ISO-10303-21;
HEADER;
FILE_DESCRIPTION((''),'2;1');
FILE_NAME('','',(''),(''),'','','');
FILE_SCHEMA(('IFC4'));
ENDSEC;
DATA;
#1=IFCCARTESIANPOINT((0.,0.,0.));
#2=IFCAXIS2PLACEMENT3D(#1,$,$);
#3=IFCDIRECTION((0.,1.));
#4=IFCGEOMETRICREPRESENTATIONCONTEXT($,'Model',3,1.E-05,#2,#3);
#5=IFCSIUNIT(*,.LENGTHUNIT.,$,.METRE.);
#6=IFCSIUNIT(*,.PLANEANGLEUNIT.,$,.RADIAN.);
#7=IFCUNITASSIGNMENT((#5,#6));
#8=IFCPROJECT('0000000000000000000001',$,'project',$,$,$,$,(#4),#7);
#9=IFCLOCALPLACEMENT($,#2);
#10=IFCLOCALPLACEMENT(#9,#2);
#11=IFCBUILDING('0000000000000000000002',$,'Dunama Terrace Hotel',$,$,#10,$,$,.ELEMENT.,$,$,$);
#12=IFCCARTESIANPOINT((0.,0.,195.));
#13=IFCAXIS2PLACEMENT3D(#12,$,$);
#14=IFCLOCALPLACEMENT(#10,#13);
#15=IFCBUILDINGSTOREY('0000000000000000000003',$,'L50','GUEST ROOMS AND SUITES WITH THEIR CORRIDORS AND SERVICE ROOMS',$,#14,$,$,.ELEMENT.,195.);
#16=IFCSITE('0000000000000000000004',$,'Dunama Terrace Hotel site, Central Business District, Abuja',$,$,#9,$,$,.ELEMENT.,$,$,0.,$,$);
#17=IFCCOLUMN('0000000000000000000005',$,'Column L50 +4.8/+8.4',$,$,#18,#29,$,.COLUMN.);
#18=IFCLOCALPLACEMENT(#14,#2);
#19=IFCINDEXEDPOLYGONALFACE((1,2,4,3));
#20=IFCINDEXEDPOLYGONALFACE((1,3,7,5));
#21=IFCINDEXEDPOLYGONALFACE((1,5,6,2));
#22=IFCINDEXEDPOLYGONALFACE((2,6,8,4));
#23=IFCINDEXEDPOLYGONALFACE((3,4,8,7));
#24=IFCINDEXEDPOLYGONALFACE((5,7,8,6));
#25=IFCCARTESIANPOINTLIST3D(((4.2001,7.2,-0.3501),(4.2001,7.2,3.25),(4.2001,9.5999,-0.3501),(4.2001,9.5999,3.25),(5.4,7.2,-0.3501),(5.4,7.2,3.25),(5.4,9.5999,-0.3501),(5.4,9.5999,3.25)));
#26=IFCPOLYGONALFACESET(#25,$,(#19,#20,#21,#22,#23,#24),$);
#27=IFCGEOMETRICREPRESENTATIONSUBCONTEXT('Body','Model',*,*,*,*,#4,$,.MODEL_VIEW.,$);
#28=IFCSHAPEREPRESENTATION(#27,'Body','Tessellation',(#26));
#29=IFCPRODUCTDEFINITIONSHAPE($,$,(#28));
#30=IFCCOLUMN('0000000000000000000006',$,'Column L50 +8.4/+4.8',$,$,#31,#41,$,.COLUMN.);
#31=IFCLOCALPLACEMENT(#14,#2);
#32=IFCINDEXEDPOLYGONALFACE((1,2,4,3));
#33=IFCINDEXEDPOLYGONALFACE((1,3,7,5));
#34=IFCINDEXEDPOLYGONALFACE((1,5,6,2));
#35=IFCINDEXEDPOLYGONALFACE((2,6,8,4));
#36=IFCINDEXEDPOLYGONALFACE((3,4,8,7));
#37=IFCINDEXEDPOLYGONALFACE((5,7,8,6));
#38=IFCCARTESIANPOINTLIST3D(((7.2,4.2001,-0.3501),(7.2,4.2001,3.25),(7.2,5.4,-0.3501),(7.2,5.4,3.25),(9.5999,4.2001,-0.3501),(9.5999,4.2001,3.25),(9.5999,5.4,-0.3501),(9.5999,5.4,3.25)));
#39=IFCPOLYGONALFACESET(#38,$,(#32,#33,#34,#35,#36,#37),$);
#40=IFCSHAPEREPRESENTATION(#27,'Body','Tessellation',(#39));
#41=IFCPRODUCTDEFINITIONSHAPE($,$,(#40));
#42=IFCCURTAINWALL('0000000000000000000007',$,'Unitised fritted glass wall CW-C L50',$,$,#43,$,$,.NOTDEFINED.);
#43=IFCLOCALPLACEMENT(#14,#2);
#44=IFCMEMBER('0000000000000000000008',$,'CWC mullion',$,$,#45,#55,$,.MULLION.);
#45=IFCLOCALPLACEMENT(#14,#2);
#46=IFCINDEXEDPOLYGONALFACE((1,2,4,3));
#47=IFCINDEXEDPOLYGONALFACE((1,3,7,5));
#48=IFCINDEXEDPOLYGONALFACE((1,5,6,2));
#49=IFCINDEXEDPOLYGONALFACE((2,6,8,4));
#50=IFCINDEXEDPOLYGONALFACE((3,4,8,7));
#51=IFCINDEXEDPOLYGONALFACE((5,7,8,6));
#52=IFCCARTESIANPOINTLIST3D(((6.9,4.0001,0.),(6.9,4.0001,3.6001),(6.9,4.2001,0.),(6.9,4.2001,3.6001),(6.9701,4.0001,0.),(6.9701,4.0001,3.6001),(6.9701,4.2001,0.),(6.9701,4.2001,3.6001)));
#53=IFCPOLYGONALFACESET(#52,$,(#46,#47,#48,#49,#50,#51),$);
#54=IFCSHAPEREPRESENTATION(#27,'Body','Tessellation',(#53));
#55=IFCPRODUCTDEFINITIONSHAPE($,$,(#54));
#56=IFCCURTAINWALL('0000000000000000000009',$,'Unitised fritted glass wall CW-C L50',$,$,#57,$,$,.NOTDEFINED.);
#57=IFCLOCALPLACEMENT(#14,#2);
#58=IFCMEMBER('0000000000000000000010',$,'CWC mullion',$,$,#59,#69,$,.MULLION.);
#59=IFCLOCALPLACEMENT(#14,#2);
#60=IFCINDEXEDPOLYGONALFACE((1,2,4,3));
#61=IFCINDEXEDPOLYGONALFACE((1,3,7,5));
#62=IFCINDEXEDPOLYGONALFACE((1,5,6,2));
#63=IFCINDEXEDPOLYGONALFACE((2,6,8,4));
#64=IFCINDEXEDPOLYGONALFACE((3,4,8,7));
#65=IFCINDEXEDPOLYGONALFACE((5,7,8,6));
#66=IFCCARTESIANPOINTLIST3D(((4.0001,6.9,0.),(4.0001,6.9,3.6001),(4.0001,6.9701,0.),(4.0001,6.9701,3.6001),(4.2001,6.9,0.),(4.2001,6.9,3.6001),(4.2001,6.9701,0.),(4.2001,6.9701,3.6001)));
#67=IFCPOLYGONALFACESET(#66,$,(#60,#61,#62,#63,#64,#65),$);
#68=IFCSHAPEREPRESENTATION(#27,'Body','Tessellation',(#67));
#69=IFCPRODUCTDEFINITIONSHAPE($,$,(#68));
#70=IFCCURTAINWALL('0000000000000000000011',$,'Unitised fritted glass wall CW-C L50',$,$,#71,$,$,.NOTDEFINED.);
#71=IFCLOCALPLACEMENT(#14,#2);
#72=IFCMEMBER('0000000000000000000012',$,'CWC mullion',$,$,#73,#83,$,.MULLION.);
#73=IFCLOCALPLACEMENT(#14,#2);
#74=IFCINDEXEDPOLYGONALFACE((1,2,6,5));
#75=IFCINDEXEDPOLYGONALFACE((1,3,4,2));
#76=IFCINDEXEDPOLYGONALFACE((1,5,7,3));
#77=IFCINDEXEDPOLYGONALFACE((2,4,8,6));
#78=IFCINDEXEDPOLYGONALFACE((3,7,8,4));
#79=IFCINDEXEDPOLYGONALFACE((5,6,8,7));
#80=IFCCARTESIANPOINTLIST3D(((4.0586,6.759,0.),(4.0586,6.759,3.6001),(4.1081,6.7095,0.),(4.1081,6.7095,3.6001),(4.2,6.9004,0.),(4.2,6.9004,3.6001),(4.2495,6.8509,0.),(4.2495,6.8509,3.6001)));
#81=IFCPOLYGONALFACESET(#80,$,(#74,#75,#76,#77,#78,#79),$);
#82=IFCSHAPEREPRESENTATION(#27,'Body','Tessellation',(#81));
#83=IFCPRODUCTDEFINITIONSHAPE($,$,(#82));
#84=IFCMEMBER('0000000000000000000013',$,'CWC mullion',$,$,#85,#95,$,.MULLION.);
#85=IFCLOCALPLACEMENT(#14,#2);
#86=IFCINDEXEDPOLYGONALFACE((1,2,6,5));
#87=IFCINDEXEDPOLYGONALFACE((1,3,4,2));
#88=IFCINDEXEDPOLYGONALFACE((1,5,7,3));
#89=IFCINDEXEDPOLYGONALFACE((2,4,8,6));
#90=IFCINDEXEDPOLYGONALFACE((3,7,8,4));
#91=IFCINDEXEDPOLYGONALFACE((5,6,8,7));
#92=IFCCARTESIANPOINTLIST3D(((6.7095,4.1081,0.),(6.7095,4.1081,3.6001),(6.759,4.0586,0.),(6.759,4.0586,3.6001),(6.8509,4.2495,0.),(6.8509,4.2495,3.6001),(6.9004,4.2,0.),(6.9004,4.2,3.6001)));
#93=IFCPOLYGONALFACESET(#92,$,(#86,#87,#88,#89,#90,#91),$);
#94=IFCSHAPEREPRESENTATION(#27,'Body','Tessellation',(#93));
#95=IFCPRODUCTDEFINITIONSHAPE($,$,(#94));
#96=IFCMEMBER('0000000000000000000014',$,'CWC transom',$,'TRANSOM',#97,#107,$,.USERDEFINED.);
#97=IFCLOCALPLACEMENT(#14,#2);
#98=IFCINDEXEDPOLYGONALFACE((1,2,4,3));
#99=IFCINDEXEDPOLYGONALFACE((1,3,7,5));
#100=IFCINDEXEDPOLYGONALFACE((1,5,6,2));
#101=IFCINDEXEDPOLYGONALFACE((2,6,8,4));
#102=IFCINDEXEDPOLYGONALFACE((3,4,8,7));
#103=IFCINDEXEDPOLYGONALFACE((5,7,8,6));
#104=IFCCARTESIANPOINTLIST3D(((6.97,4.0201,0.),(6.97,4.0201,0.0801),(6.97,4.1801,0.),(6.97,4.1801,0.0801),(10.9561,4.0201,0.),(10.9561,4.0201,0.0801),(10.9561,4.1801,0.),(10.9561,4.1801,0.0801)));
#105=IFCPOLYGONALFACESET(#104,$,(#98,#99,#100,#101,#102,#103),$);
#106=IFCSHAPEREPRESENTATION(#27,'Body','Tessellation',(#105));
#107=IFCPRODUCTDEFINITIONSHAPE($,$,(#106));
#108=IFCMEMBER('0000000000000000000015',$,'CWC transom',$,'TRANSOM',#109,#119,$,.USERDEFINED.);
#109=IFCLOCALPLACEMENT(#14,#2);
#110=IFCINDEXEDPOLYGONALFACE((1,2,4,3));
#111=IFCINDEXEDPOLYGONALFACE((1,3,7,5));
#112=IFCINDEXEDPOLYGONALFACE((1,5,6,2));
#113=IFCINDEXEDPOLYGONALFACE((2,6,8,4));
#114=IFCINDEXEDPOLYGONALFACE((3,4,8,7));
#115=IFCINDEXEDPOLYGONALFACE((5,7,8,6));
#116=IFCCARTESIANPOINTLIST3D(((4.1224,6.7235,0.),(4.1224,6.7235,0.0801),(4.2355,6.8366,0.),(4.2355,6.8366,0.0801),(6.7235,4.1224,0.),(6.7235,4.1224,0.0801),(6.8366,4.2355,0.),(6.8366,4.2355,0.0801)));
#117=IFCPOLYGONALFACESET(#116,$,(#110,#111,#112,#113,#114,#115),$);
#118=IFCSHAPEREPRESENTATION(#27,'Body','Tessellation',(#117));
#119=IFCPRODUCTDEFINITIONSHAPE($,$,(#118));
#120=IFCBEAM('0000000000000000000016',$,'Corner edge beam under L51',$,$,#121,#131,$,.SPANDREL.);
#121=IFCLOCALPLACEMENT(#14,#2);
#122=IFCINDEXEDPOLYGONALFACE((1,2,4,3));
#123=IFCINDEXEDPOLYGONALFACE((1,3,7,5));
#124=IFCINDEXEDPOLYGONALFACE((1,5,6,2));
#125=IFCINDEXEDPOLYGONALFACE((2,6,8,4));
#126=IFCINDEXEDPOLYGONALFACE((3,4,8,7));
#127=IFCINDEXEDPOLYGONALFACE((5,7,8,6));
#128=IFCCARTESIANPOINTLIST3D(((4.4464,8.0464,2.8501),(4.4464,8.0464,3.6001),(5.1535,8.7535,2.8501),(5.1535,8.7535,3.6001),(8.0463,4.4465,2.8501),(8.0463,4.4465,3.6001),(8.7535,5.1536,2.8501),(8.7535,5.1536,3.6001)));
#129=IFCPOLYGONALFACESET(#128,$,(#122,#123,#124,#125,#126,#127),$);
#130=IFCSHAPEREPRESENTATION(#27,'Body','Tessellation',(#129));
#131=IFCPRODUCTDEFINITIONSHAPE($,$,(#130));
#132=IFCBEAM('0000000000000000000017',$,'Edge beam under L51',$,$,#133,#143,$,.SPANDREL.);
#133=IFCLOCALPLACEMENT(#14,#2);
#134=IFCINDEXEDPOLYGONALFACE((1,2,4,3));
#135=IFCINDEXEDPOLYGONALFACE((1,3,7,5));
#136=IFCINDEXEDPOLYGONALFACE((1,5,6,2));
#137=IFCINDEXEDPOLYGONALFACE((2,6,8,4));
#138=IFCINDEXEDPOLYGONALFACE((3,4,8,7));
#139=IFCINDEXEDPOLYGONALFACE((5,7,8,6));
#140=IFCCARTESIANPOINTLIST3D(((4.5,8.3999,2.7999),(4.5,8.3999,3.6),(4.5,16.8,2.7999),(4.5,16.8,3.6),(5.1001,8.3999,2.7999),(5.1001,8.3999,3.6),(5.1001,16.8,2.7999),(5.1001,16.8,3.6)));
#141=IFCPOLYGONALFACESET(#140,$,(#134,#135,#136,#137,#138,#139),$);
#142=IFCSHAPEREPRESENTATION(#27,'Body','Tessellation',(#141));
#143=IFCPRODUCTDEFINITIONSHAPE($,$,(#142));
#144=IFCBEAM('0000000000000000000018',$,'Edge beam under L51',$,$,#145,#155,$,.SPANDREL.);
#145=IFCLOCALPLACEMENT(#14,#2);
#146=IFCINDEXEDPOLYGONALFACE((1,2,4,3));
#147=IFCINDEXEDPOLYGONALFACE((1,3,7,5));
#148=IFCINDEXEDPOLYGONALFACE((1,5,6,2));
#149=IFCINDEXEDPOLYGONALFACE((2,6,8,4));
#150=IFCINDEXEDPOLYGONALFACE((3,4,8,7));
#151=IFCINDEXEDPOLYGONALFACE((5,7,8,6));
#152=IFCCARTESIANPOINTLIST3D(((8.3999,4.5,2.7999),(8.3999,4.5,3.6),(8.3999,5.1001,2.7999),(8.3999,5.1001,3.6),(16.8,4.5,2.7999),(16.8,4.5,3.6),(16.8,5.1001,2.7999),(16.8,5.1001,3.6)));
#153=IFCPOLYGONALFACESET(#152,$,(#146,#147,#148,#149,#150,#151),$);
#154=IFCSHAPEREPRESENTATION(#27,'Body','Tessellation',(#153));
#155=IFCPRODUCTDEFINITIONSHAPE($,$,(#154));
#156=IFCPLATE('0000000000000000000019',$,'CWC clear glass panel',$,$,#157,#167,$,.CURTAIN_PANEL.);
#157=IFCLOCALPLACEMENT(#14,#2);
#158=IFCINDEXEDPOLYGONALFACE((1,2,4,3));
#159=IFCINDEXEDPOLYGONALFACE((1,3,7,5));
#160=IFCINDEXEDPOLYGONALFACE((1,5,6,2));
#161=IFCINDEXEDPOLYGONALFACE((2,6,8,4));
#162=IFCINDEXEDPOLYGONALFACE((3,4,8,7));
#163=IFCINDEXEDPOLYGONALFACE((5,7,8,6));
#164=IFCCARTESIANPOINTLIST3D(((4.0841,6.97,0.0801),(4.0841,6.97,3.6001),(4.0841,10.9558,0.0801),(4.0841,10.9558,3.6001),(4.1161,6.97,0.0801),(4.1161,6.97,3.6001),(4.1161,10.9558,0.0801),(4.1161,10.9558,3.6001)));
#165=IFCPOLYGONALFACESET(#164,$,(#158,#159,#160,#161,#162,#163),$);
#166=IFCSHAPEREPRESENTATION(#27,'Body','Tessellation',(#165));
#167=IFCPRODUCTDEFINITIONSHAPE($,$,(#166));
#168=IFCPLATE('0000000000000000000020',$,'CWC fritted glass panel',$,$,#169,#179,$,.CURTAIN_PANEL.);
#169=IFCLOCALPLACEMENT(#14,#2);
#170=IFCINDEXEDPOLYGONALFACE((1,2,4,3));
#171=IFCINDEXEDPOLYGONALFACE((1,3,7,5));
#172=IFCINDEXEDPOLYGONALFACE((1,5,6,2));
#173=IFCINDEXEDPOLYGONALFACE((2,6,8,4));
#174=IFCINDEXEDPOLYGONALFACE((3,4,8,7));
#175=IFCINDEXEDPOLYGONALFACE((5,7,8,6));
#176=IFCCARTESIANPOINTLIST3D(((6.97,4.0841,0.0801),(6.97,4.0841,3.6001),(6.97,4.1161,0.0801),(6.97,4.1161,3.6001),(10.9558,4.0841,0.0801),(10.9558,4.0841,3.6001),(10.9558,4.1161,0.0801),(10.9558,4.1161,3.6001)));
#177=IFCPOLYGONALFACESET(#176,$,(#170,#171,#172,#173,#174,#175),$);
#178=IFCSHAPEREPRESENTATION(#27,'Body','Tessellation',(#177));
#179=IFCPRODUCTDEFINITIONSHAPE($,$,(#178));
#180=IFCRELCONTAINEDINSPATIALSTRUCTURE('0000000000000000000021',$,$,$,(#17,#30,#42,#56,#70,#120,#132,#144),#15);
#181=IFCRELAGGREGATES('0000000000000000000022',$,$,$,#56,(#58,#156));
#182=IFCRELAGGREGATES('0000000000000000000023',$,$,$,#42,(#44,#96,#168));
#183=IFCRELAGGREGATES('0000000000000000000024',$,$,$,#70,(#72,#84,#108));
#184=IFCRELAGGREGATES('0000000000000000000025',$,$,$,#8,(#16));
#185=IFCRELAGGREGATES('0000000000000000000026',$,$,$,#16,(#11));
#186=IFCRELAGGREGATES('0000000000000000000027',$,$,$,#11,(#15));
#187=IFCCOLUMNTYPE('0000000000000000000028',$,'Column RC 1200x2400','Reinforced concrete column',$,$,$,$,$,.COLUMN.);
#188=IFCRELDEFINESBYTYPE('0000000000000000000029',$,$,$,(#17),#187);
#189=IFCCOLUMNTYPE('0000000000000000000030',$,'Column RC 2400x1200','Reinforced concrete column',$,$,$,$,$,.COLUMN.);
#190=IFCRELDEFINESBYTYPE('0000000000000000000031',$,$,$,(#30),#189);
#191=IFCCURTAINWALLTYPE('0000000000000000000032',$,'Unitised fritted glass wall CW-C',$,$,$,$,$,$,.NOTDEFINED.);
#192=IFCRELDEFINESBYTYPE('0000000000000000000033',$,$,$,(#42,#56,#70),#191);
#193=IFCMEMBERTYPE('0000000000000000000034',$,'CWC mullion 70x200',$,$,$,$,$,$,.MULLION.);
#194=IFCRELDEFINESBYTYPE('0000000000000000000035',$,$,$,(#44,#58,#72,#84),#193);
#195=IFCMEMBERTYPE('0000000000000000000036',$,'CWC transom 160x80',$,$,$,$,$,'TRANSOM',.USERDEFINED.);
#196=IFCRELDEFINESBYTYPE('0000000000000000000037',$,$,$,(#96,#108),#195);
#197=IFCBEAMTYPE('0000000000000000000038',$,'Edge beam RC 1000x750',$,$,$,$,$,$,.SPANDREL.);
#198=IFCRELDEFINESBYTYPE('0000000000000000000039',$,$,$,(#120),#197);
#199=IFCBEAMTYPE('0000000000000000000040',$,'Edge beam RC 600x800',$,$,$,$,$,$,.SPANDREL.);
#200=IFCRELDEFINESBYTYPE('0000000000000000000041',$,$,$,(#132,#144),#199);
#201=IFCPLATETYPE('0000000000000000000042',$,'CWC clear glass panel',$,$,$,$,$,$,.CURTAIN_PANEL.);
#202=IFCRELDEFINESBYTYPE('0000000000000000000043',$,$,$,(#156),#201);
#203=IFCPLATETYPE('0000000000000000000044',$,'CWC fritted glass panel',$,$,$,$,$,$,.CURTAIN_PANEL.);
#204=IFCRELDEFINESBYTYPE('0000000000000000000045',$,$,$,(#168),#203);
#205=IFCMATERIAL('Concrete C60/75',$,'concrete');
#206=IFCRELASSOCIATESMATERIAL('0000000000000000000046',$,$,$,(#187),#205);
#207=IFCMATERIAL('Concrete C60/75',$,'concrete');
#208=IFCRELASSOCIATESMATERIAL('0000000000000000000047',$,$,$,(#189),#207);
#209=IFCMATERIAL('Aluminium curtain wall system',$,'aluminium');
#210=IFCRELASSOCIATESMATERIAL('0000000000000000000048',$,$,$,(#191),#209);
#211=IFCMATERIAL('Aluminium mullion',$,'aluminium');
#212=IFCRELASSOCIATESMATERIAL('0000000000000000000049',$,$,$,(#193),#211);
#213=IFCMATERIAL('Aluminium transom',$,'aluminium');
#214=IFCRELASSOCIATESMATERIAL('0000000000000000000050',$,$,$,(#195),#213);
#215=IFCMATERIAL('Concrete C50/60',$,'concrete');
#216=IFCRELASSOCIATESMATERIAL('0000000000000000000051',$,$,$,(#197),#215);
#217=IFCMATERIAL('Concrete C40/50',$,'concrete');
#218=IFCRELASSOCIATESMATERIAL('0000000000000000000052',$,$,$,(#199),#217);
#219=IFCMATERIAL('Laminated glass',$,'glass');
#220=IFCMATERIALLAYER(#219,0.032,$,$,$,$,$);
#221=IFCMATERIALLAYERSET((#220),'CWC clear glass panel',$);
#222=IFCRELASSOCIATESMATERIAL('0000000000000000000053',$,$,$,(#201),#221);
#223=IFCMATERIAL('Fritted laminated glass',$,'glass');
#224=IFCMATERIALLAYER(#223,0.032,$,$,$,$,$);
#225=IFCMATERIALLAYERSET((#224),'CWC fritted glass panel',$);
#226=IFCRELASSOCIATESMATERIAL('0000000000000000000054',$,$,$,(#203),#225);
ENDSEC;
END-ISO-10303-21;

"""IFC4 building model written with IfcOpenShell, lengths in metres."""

from ifc_helpers import new_model, si_unit, direction, frame, origin, origin_2d, place, context, subcontext, project, spatial, rectangle, extrude, material, layer, layer_set, material_profile, profile_set, type_object, element, aggregate, save


model = new_model("IFC4")

# Units and contexts
model_context = context("Model", 3, precision=1e-05, world=origin(), true_north=direction((0.0, 1.0)))
body_context = subcontext(model_context, "Body", "Model", "MODEL_VIEW")
ifc_project = project(units=[si_unit("LENGTHUNIT", "METRE"), si_unit("PLANEANGLEUNIT", "RADIAN")], contexts=[model_context])

# Site, building, storey
site_placement = place(None, origin())
site = spatial("IfcSite", under=ifc_project, at=site_placement, Name="Dunama Terrace Hotel site, Central Business District, Abuja", CompositionType="ELEMENT", RefElevation=0.0)
building_placement = place(site_placement, origin())
building = spatial("IfcBuilding", under=site, at=building_placement, Name="Dunama Terrace Hotel", CompositionType="ELEMENT")
storey_placement = place(building_placement, frame((0.0, 0.0, 195.0)))
storey = spatial("IfcBuildingStorey", under=building, at=storey_placement, Name="L50", Description="GUEST ROOMS AND SUITES WITH THEIR CORRIDORS AND SERVICE ROOMS", CompositionType="ELEMENT", Elevation=195.0)

# Columns
ifc_material_1 = material(Name="Concrete C60/75", Category="concrete")
ifc_material_profile_1 = material_profile(ifc_material_1, rectangle(XDim=1.2, YDim=2.3999, at=origin_2d()), Name="RC 1200x2400")
ifc_profile_set_1 = profile_set([ifc_material_profile_1], Name="Concrete C60/75")
column_type_1 = type_object("IfcColumnType", Name="Column RC 1200x2400", Description="Reinforced concrete column", PredefinedType="COLUMN", material=ifc_profile_set_1)
column_1_placement = place(storey_placement, frame((4.8, 8.3999, -0.3501), z_axis=(0.0, 0.0, 1.0), x_axis=(1.0, 0.0, 0.0)))
element("IfcColumn", 1, at=column_1_placement, inside=storey, type_object=column_type_1, Name="Column L50 +4.8/+8.4", PredefinedType="COLUMN", context=body_context, shape_type="SweptSolid", body=[
    extrude(rectangle(XDim=1.2, YDim=2.3999, at=origin_2d()), origin(), (0.0, 0.0, 1.0), 3.6001),
])
ifc_material_2 = material(Name="Concrete C60/75", Category="concrete")
ifc_material_profile_2 = material_profile(ifc_material_2, rectangle(XDim=2.3999, YDim=1.2, at=origin_2d()), Name="RC 2400x1200")
ifc_profile_set_2 = profile_set([ifc_material_profile_2], Name="Concrete C60/75")
column_type_2 = type_object("IfcColumnType", Name="Column RC 2400x1200", Description="Reinforced concrete column", PredefinedType="COLUMN", material=ifc_profile_set_2)
column_2_placement = place(storey_placement, frame((8.3999, 4.8, -0.3501), z_axis=(0.0, 0.0, 1.0), x_axis=(1.0, 0.0, 0.0)))
element("IfcColumn", 2, at=column_2_placement, inside=storey, type_object=column_type_2, Name="Column L50 +8.4/+4.8", PredefinedType="COLUMN", context=body_context, shape_type="SweptSolid", body=[
    extrude(rectangle(XDim=2.3999, YDim=1.2, at=origin_2d()), origin(), (0.0, 0.0, 1.0), 3.6001),
])

# Curtain walls, members
ifc_material_3 = material(Name="Aluminium curtain wall system", Category="aluminium")
curtain_wall_type = type_object("IfcCurtainWallType", Name="Unitised fritted glass wall CW-C", PredefinedType="NOTDEFINED", material=ifc_material_3)
curtain_wall_1_placement = place(storey_placement, origin())
curtain_wall_1 = element("IfcCurtainWall", 3, at=curtain_wall_1_placement, inside=storey, type_object=curtain_wall_type, Name="Unitised fritted glass wall CW-C L50", PredefinedType="NOTDEFINED")
ifc_material_4 = material(Name="Aluminium mullion", Category="aluminium")
ifc_material_profile_3 = material_profile(ifc_material_4, rectangle(XDim=0.0701, YDim=0.2, at=origin_2d()), Name="CWC MULLION 70X200")
ifc_profile_set_3 = profile_set([ifc_material_profile_3], Name="Aluminium mullion")
member_type_1 = type_object("IfcMemberType", Name="CWC mullion 70x200", PredefinedType="MULLION", material=ifc_profile_set_3)
member_1_placement = place(storey_placement, frame((6.9351, 4.1001, 0.0), z_axis=(0.0, 0.0, 1.0), x_axis=(1.0, 0.0, 0.0)))
member_1 = element("IfcMember", 4, at=member_1_placement, type_object=member_type_1, Name="CWC mullion", PredefinedType="MULLION", context=body_context, shape_type="SweptSolid", body=[
    extrude(rectangle(XDim=0.0701, YDim=0.2, at=origin_2d()), origin(), (0.0, 0.0, 1.0), 3.6001),
])
curtain_wall_2_placement = place(storey_placement, origin())
curtain_wall_2 = element("IfcCurtainWall", 5, at=curtain_wall_2_placement, inside=storey, type_object=curtain_wall_type, Name="Unitised fritted glass wall CW-C L50", PredefinedType="NOTDEFINED")
member_2_placement = place(storey_placement, frame((4.1001, 6.9351, 0.0), z_axis=(0.0, 0.0, 1.0), x_axis=(0.0, -1.0, 0.0)))
member_2 = element("IfcMember", 6, at=member_2_placement, type_object=member_type_1, Name="CWC mullion", PredefinedType="MULLION", context=body_context, shape_type="SweptSolid", body=[
    extrude(rectangle(XDim=0.0701, YDim=0.2, at=origin_2d()), origin(), (0.0, 0.0, 1.0), 3.6001),
])

# Curtain wall, members
curtain_wall_3_placement = place(storey_placement, origin())
curtain_wall_3 = element("IfcCurtainWall", 7, at=curtain_wall_3_placement, inside=storey, type_object=curtain_wall_type, Name="Unitised fritted glass wall CW-C L50", PredefinedType="NOTDEFINED")
member_3_placement = place(storey_placement, frame((4.1541, 6.8049, 0.0), z_axis=(0.0, 0.0, 1.0), x_axis=(0.707107, -0.707107, 0.0)))
member_3 = element("IfcMember", 8, at=member_3_placement, type_object=member_type_1, Name="CWC mullion", PredefinedType="MULLION", context=body_context, shape_type="SweptSolid", body=[
    extrude(rectangle(XDim=0.0701, YDim=0.2, at=origin_2d()), origin(), (0.0, 0.0, 1.0), 3.6001),
])
member_4_placement = place(storey_placement, frame((6.8049, 4.1541, 0.0), z_axis=(0.0, 0.0, 1.0), x_axis=(0.707107, -0.707107, 0.0)))
member_4 = element("IfcMember", 9, at=member_4_placement, type_object=member_type_1, Name="CWC mullion", PredefinedType="MULLION", context=body_context, shape_type="SweptSolid", body=[
    extrude(rectangle(XDim=0.0701, YDim=0.2, at=origin_2d()), origin(), (0.0, 0.0, 1.0), 3.6001),
])

# Members
ifc_material_5 = material(Name="Aluminium transom", Category="aluminium")
ifc_material_profile_4 = material_profile(ifc_material_5, rectangle(XDim=0.1599, YDim=0.0801, at=origin_2d()), Name="CWC TRANSOM 160X80")
ifc_profile_set_4 = profile_set([ifc_material_profile_4], Name="Aluminium transom")
member_type_2 = type_object("IfcMemberType", Name="CWC transom 160x80", ElementType="TRANSOM", PredefinedType="USERDEFINED", material=ifc_profile_set_4)
member_5_placement = place(storey_placement, frame((6.97, 4.1001, 0.04), z_axis=(1.0, 0.0, 0.0), x_axis=(0.0, 1.0, 0.0)))
member_5 = element("IfcMember", 10, at=member_5_placement, type_object=member_type_2, Name="CWC transom", ObjectType="TRANSOM", PredefinedType="USERDEFINED", context=body_context, shape_type="SweptSolid", body=[
    extrude(rectangle(XDim=0.1599, YDim=0.0801, at=origin_2d()), origin(), (0.0, 0.0, 1.0), 3.9861),
])
member_6_placement = place(storey_placement, frame((4.179, 6.78, 0.04), z_axis=(0.707107, -0.707107, 0.0), x_axis=(0.707107, 0.707107, 0.0)))
member_6 = element("IfcMember", 11, at=member_6_placement, type_object=member_type_2, Name="CWC transom", ObjectType="TRANSOM", PredefinedType="USERDEFINED", context=body_context, shape_type="SweptSolid", body=[
    extrude(rectangle(XDim=0.1599, YDim=0.0801, at=origin_2d()), origin(), (0.0, 0.0, 1.0), 3.6785),
])

# Beams
ifc_material_6 = material(Name="Concrete C50/60", Category="concrete")
ifc_material_profile_5 = material_profile(ifc_material_6, rectangle(XDim=1.0, YDim=0.75, at=origin_2d()), Name="RC 1000x750")
ifc_profile_set_5 = profile_set([ifc_material_profile_5], Name="Concrete C50/60")
beam_type_1 = type_object("IfcBeamType", Name="Edge beam RC 1000x750", PredefinedType="SPANDREL", material=ifc_profile_set_5)
beam_placement = place(storey_placement, frame((8.3999, 4.8, 3.2251), z_axis=(-0.707107, 0.707107, 0.0), x_axis=(-0.707107, -0.707107, 0.0)))
element("IfcBeam", 12, at=beam_placement, inside=storey, type_object=beam_type_1, Name="Corner edge beam under L51", PredefinedType="SPANDREL", context=body_context, shape_type="SweptSolid", body=[
    extrude(rectangle(XDim=1.0, YDim=0.75, at=origin_2d()), origin(), (0.0, 0.0, 1.0), 5.0911),
])
ifc_material_7 = material(Name="Concrete C40/50", Category="concrete")
ifc_material_profile_6 = material_profile(ifc_material_7, rectangle(XDim=0.6001, YDim=0.8, at=origin_2d()), Name="RC 600x800")
ifc_profile_set_6 = profile_set([ifc_material_profile_6], Name="Concrete C40/50")
beam_type_2 = type_object("IfcBeamType", Name="Edge beam RC 600x800", PredefinedType="SPANDREL", material=ifc_profile_set_6)
for number, where, z_axis, x_axis, name in (
    (13, (4.8, 8.3999, 3.2), (0.0, 1.0, 0.0), (-1.0, 0.0, 0.0), "Edge beam under L51"),
    (14, (8.3999, 4.8, 3.2), (1.0, 0.0, 0.0), (0.0, 1.0, 0.0), "Edge beam under L51"),
):
    element("IfcBeam", number, at=place(storey_placement, frame(where, z_axis=z_axis, x_axis=x_axis)), inside=storey, type_object=beam_type_2, Name=name, PredefinedType="SPANDREL", context=body_context, shape_type="SweptSolid", body=[
        extrude(rectangle(XDim=0.6001, YDim=0.8, at=origin_2d()), origin(), (0.0, 0.0, 1.0), 8.4001),
    ])

# Plates
ifc_material_8 = material(Name="Laminated glass", Category="glass")
ifc_layer_1 = layer(ifc_material_8, 0.032)
ifc_layer_set_1 = layer_set([ifc_layer_1], Name="CWC clear glass panel")
plate_type_1 = type_object("IfcPlateType", Name="CWC clear glass panel", PredefinedType="CURTAIN_PANEL", material=ifc_layer_set_1)
plate_1_placement = place(storey_placement, frame((4.1001, 8.9629, 0.0801), z_axis=(0.0, 0.0, 1.0), x_axis=(0.0, -1.0, 0.0)))
plate_1 = element("IfcPlate", 15, at=plate_1_placement, type_object=plate_type_1, Name="CWC clear glass panel", PredefinedType="CURTAIN_PANEL", context=body_context, shape_type="SweptSolid", body=[
    extrude(rectangle(XDim=3.9858, YDim=0.032, at=origin_2d()), origin(), (0.0, 0.0, 1.0), 3.52),
])
aggregate(curtain_wall_2, [member_2, plate_1])
ifc_material_9 = material(Name="Fritted laminated glass", Category="glass")
ifc_layer_2 = layer(ifc_material_9, 0.032)
ifc_layer_set_2 = layer_set([ifc_layer_2], Name="CWC fritted glass panel")
plate_type_2 = type_object("IfcPlateType", Name="CWC fritted glass panel", PredefinedType="CURTAIN_PANEL", material=ifc_layer_set_2)
plate_2_placement = place(storey_placement, frame((8.9629, 4.1001, 0.0801), z_axis=(0.0, 0.0, 1.0), x_axis=(1.0, 0.0, 0.0)))
plate_2 = element("IfcPlate", 16, at=plate_2_placement, type_object=plate_type_2, Name="CWC fritted glass panel", PredefinedType="CURTAIN_PANEL", context=body_context, shape_type="SweptSolid", body=[
    extrude(rectangle(XDim=3.9858, YDim=0.032, at=origin_2d()), origin(), (0.0, 0.0, 1.0), 3.52),
])
aggregate(curtain_wall_1, [member_1, member_5, plate_2])
aggregate(curtain_wall_3, [member_3, member_4, member_6])

save(model, "model.ifc")
